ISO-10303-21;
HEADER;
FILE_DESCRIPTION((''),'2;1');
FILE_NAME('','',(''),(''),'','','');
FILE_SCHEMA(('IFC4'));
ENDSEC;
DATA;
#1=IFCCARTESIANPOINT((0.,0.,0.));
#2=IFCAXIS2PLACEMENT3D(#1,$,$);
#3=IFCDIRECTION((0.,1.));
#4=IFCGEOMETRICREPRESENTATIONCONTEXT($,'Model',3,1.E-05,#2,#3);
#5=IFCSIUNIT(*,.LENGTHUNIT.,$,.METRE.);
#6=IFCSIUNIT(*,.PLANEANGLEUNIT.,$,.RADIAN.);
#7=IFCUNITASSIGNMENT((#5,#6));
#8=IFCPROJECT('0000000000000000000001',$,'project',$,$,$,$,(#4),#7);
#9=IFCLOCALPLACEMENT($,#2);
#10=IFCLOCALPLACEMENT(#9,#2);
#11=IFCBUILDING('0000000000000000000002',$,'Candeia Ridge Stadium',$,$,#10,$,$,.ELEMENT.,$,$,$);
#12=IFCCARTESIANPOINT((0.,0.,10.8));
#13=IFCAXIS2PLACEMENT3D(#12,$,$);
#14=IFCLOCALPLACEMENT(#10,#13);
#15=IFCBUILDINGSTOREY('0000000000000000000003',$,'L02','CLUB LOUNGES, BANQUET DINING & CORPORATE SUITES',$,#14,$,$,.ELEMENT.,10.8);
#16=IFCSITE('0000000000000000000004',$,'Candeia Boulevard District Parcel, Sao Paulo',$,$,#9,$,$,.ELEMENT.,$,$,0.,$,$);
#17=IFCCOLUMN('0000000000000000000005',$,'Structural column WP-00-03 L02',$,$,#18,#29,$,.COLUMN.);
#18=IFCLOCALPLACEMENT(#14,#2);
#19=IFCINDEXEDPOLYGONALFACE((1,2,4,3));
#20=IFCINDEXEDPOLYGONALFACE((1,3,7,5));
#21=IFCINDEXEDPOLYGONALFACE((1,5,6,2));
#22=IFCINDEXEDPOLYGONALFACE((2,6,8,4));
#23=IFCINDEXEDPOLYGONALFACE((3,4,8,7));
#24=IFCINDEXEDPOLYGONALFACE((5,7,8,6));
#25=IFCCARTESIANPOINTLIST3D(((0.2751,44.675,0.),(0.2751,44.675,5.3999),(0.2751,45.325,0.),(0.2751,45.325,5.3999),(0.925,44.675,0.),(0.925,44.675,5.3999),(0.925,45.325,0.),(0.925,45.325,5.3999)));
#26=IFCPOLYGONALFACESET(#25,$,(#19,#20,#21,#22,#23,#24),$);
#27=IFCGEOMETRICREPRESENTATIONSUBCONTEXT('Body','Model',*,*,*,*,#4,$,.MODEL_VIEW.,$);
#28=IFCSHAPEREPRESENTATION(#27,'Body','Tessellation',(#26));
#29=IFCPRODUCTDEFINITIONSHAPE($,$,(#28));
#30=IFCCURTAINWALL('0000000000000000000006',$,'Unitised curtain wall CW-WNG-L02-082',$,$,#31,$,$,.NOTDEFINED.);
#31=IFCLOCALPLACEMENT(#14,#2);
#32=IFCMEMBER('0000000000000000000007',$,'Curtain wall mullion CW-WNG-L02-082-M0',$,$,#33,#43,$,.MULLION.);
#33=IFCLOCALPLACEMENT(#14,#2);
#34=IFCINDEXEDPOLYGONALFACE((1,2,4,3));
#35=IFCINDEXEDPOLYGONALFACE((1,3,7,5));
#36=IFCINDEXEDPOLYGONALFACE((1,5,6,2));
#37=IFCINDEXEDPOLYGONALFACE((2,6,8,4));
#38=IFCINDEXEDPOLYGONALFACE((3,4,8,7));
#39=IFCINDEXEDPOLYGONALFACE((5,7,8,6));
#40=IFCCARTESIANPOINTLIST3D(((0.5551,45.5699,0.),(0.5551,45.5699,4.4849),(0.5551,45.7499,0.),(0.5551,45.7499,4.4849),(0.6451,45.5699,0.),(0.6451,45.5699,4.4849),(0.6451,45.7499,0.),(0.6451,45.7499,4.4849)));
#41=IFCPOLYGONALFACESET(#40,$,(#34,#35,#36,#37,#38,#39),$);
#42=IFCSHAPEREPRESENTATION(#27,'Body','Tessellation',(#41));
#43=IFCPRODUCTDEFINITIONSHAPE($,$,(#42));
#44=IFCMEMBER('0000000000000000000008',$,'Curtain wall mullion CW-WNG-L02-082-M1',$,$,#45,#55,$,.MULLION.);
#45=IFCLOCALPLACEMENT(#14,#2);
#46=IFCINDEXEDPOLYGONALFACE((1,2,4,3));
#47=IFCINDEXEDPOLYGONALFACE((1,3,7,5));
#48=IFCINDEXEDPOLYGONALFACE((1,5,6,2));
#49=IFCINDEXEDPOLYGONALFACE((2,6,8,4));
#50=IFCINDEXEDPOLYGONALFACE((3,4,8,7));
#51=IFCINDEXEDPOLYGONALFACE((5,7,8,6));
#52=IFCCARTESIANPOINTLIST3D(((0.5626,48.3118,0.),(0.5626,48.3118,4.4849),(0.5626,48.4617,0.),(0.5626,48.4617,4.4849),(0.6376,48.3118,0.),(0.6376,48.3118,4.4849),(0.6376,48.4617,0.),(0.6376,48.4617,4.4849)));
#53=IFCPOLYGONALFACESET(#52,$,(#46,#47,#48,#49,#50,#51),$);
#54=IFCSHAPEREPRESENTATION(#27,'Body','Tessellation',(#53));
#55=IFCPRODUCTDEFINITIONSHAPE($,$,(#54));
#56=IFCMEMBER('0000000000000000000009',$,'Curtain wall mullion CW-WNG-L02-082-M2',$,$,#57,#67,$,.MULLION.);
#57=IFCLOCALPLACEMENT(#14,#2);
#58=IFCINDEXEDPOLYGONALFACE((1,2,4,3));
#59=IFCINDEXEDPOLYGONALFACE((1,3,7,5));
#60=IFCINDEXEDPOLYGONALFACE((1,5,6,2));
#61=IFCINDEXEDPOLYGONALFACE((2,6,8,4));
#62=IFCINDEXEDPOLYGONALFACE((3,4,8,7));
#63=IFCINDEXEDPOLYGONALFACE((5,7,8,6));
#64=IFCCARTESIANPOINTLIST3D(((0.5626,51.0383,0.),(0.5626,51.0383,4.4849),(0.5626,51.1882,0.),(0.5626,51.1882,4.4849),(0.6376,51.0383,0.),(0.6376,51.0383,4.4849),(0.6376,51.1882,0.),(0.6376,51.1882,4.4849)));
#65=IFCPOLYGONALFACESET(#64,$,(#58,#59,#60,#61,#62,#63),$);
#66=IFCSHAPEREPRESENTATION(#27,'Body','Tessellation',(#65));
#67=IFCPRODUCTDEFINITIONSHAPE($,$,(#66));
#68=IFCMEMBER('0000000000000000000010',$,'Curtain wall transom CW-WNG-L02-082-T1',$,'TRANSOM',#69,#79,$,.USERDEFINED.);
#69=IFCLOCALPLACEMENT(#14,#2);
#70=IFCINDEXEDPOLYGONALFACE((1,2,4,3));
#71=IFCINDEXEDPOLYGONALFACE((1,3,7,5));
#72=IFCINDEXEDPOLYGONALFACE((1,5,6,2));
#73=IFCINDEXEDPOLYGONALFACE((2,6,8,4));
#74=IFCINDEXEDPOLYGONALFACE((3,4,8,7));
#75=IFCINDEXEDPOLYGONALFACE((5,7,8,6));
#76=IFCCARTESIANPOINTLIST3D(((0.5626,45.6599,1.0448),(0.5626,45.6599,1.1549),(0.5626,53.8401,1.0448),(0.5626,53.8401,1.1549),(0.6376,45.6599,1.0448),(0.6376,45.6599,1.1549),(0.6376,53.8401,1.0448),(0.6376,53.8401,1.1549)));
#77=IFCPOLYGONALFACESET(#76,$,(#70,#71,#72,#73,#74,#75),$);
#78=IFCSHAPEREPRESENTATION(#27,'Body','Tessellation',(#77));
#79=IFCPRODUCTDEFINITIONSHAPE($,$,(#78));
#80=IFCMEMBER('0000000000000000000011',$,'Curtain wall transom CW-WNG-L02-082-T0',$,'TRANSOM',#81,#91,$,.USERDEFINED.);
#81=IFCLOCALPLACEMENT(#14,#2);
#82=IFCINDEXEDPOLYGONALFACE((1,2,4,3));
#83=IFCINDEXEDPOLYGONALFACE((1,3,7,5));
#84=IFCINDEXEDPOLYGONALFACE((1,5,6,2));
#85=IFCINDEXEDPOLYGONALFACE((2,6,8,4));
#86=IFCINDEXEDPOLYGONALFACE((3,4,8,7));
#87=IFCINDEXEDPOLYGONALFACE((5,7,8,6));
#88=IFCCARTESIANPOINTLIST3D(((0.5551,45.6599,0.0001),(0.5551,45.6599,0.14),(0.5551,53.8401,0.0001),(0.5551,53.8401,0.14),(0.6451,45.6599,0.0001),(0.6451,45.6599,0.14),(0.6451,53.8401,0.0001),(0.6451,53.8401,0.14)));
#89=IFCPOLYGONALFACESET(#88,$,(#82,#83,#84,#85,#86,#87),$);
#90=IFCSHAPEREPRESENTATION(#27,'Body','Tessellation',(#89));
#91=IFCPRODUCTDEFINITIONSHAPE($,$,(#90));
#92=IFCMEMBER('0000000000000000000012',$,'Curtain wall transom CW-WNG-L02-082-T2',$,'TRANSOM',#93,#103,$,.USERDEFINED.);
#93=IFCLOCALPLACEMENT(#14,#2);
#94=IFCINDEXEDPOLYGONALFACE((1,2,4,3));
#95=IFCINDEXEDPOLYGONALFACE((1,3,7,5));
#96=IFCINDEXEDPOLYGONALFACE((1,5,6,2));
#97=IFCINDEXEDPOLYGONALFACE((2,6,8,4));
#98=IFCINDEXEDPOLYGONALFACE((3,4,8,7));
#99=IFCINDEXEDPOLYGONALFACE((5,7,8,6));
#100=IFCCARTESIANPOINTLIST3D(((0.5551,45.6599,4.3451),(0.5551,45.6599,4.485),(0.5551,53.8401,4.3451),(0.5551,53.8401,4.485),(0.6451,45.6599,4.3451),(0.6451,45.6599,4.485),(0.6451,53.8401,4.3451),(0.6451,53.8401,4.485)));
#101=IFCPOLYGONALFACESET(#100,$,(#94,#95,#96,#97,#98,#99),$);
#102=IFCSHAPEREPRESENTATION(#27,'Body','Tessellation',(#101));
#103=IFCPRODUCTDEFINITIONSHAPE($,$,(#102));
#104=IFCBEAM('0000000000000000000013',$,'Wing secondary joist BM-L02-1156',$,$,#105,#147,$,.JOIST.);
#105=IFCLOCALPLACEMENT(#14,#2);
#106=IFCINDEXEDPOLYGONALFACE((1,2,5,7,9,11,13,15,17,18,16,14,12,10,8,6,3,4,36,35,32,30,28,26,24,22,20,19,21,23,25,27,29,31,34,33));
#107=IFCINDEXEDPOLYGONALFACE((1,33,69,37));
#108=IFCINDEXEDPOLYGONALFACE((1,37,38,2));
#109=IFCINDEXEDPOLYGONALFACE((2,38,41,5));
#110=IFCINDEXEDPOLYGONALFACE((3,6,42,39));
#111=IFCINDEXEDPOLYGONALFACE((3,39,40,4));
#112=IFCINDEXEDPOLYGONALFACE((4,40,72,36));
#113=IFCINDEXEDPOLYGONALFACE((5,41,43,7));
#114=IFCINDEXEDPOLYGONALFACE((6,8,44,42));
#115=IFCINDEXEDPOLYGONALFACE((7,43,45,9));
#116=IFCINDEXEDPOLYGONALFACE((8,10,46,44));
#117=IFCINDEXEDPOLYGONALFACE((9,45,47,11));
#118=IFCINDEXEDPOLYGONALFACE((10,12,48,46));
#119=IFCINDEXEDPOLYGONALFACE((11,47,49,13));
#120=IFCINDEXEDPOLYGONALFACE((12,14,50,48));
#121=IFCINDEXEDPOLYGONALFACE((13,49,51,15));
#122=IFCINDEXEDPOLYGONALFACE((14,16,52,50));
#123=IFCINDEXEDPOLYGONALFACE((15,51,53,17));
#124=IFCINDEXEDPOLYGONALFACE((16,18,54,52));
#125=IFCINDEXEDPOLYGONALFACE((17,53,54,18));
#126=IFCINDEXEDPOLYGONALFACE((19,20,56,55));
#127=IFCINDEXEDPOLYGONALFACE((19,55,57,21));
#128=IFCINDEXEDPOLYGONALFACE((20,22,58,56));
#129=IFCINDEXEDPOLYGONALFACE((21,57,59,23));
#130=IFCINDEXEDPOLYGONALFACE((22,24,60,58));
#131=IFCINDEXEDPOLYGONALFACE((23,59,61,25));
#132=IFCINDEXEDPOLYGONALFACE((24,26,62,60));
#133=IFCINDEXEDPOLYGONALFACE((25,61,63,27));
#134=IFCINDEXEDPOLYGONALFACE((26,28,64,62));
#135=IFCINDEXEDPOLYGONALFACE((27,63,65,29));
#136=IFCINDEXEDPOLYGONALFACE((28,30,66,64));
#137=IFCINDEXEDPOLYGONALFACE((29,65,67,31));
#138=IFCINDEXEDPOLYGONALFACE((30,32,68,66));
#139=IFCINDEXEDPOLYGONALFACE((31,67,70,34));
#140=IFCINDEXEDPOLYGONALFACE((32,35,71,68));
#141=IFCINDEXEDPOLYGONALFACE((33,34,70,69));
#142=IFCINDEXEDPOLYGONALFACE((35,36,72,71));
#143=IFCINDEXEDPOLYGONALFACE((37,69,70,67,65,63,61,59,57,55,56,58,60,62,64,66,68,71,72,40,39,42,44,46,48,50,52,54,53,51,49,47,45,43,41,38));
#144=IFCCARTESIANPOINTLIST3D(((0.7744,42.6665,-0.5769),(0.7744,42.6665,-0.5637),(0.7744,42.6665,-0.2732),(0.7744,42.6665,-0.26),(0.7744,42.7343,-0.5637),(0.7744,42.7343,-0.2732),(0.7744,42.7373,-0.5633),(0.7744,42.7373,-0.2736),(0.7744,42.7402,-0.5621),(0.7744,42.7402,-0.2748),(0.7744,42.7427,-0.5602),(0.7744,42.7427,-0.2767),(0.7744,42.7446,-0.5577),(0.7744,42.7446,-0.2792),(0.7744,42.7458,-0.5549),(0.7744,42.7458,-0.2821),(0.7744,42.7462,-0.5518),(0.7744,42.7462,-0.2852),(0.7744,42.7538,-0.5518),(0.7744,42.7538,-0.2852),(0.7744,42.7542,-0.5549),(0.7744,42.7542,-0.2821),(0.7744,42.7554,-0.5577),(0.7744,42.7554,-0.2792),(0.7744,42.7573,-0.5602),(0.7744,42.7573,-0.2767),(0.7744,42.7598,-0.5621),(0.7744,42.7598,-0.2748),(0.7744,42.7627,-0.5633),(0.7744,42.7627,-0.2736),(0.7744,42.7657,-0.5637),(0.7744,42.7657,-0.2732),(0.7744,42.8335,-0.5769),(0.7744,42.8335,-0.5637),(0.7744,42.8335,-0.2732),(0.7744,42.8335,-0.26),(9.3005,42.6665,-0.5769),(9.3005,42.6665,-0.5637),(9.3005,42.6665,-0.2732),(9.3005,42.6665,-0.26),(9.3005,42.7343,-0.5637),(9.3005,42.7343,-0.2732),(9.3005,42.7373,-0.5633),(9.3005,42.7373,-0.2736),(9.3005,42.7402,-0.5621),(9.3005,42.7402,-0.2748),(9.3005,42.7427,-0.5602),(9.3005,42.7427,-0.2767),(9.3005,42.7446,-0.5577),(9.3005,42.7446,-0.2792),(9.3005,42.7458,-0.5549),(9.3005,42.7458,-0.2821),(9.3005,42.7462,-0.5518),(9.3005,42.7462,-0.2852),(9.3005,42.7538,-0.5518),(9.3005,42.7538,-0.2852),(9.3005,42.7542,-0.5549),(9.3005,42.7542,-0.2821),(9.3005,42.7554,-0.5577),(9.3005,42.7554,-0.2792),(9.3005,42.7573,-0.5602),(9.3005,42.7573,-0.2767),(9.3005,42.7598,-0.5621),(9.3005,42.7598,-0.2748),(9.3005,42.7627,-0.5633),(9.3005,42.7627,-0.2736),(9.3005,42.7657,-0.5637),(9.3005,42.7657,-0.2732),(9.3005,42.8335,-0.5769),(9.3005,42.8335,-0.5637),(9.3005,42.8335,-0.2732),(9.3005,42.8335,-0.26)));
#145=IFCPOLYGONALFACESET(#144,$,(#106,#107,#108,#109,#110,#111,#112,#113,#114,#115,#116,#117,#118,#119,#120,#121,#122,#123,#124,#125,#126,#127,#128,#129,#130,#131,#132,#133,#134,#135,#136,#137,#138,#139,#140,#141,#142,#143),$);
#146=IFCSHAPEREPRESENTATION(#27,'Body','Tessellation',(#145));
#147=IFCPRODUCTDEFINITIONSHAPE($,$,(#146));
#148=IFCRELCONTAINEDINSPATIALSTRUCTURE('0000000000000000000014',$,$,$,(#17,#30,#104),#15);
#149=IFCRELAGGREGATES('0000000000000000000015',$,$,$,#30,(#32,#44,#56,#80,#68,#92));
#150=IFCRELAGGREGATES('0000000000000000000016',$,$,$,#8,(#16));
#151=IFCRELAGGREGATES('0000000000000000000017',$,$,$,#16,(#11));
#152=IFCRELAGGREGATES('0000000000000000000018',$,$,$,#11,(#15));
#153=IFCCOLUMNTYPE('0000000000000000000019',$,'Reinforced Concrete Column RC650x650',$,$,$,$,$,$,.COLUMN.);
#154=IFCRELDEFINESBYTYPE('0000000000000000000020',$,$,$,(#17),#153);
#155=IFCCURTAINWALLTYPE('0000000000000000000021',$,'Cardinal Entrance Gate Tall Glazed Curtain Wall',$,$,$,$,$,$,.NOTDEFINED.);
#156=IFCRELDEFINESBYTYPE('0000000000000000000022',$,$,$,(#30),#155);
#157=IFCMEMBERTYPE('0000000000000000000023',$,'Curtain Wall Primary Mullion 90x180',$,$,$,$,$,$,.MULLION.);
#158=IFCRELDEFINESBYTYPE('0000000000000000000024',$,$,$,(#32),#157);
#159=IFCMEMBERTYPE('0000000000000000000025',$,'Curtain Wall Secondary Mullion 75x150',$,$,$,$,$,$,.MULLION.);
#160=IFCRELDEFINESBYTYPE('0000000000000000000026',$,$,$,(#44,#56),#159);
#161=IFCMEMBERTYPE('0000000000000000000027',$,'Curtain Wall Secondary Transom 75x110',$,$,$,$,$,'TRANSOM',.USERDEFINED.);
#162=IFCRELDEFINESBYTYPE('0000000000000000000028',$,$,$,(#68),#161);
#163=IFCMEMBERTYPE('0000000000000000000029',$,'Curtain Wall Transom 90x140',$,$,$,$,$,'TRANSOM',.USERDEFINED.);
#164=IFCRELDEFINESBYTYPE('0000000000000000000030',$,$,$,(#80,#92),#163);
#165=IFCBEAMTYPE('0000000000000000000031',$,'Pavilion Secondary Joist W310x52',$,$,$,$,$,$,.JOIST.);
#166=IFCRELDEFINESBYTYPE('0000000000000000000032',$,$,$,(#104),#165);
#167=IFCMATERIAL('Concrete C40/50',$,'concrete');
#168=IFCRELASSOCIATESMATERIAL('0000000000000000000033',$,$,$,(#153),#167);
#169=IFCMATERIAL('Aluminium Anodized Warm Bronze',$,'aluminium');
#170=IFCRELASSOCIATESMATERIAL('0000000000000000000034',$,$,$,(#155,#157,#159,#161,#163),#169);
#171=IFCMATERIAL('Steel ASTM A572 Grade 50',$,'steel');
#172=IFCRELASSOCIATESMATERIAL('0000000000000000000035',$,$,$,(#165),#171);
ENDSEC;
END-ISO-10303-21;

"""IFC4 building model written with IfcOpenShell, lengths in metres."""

from ifc_helpers import new_model, si_unit, direction, frame, origin, origin_2d, place, context, subcontext, project, spatial, rectangle, i_section, extrude, material, material_profile, profile_set, type_object, element, aggregate, save


model = new_model("IFC4")

# Units and contexts
model_context = context("Model", 3, precision=1e-05, world=origin(), true_north=direction((0.0, 1.0)))
body_context = subcontext(model_context, "Body", "Model", "MODEL_VIEW")
ifc_project = project(units=[si_unit("LENGTHUNIT", "METRE"), si_unit("PLANEANGLEUNIT", "RADIAN")], contexts=[model_context])

# Site, building, storey
site_placement = place(None, origin())
site = spatial("IfcSite", under=ifc_project, at=site_placement, Name="Candeia Boulevard District Parcel, Sao Paulo", CompositionType="ELEMENT", RefElevation=0.0)
building_placement = place(site_placement, origin())
building = spatial("IfcBuilding", under=site, at=building_placement, Name="Candeia Ridge Stadium", CompositionType="ELEMENT")
storey_placement = place(building_placement, frame((0.0, 0.0, 10.8)))
storey = spatial("IfcBuildingStorey", under=building, at=storey_placement, Name="L02", Description="CLUB LOUNGES, BANQUET DINING & CORPORATE SUITES", CompositionType="ELEMENT", Elevation=10.8)

# Column
ifc_material_1 = material(Name="Concrete C40/50", Category="concrete")
ifc_material_profile_1 = material_profile(ifc_material_1, rectangle(XDim=0.6499, YDim=0.6499, at=origin_2d()), Name="RC650x650", Category="concrete")
ifc_profile_set_1 = profile_set([ifc_material_profile_1], Name="Concrete C40/50")
column_type = type_object("IfcColumnType", Name="Reinforced Concrete Column RC650x650", PredefinedType="COLUMN", material=ifc_profile_set_1)
column_placement = place(storey_placement, frame((0.6001, 45.0, 0.0), z_axis=(0.0, 0.0, 1.0), x_axis=(1.0, 0.0, 0.0)))
element("IfcColumn", 1, at=column_placement, inside=storey, type_object=column_type, Name="Structural column WP-00-03 L02", PredefinedType="COLUMN", context=body_context, shape_type="SweptSolid", body=[
    extrude(rectangle(XDim=0.6499, YDim=0.6499, at=origin_2d()), origin(), (0.0, 0.0, 1.0), 5.3999),
])

# Curtain wall, members
ifc_material_2 = material(Name="Aluminium Anodized Warm Bronze", Category="aluminium")
curtain_wall_type = type_object("IfcCurtainWallType", Name="Cardinal Entrance Gate Tall Glazed Curtain Wall", PredefinedType="NOTDEFINED", material=ifc_material_2)
curtain_wall_placement = place(storey_placement, origin())
curtain_wall = element("IfcCurtainWall", 2, at=curtain_wall_placement, inside=storey, type_object=curtain_wall_type, Name="Unitised curtain wall CW-WNG-L02-082", PredefinedType="NOTDEFINED")
ifc_material_profile_2 = material_profile(ifc_material_2, rectangle(XDim=0.0901, YDim=0.1799, at=origin_2d()), Name="CWM-90x180", Category="aluminium")
ifc_profile_set_2 = profile_set([ifc_material_profile_2], Name="Aluminium Anodized Warm Bronze")
member_type_1 = type_object("IfcMemberType", Name="Curtain Wall Primary Mullion 90x180", PredefinedType="MULLION", material=ifc_profile_set_2)
member_1_placement = place(storey_placement, frame((0.6001, 45.6599, 0.0), z_axis=(0.0, 0.0, 1.0), x_axis=(1.0, 0.0, 0.0)))
member_1 = element("IfcMember", 3, at=member_1_placement, type_object=member_type_1, Name="Curtain wall mullion CW-WNG-L02-082-M0", PredefinedType="MULLION", context=body_context, shape_type="SweptSolid", body=[
    extrude(rectangle(XDim=0.0901, YDim=0.1799, at=origin_2d()), origin(), (0.0, 0.0, 1.0), 4.4849),
])
ifc_material_profile_3 = material_profile(ifc_material_2, rectangle(XDim=0.075, YDim=0.1499, at=origin_2d()), Name="CWM-75x150", Category="aluminium")
ifc_profile_set_3 = profile_set([ifc_material_profile_3], Name="Aluminium Anodized Warm Bronze")
member_type_2 = type_object("IfcMemberType", Name="Curtain Wall Secondary Mullion 75x150", PredefinedType="MULLION", material=ifc_profile_set_3)
member_2_placement = place(storey_placement, frame((0.6001, 48.3867, 0.0), z_axis=(0.0, 0.0, 1.0), x_axis=(1.0, 0.0, 0.0)))
member_2 = element("IfcMember", 4, at=member_2_placement, type_object=member_type_2, Name="Curtain wall mullion CW-WNG-L02-082-M1", PredefinedType="MULLION", context=body_context, shape_type="SweptSolid", body=[
    extrude(rectangle(XDim=0.075, YDim=0.1499, at=origin_2d()), origin(), (0.0, 0.0, 1.0), 4.4849),
])
member_3_placement = place(storey_placement, frame((0.6001, 51.1133, 0.0), z_axis=(0.0, 0.0, 1.0), x_axis=(1.0, 0.0, 0.0)))
member_3 = element("IfcMember", 5, at=member_3_placement, type_object=member_type_2, Name="Curtain wall mullion CW-WNG-L02-082-M2", PredefinedType="MULLION", context=body_context, shape_type="SweptSolid", body=[
    extrude(rectangle(XDim=0.075, YDim=0.1499, at=origin_2d()), origin(), (0.0, 0.0, 1.0), 4.4849),
])
ifc_material_profile_4 = material_profile(ifc_material_2, rectangle(XDim=0.075, YDim=0.1101, at=origin_2d()), Name="CWT-75x110", Category="aluminium")
ifc_profile_set_4 = profile_set([ifc_material_profile_4], Name="Aluminium Anodized Warm Bronze")
member_type_3 = type_object("IfcMemberType", Name="Curtain Wall Secondary Transom 75x110", ElementType="TRANSOM", PredefinedType="USERDEFINED", material=ifc_profile_set_4)
member_4_placement = place(storey_placement, frame((0.6001, 45.6599, 1.0999), z_axis=(0.0, 1.0, 0.0), x_axis=(-1.0, 0.0, 0.0)))
member_4 = element("IfcMember", 6, at=member_4_placement, type_object=member_type_3, Name="Curtain wall transom CW-WNG-L02-082-T1", ObjectType="TRANSOM", PredefinedType="USERDEFINED", context=body_context, shape_type="SweptSolid", body=[
    extrude(rectangle(XDim=0.075, YDim=0.1101, at=origin_2d()), origin(), (0.0, 0.0, 1.0), 8.1802),
])
ifc_material_profile_5 = material_profile(ifc_material_2, rectangle(XDim=0.0901, YDim=0.1399, at=origin_2d()), Name="CWT-90x140", Category="aluminium")
ifc_profile_set_5 = profile_set([ifc_material_profile_5], Name="Aluminium Anodized Warm Bronze")
member_type_4 = type_object("IfcMemberType", Name="Curtain Wall Transom 90x140", ElementType="TRANSOM", PredefinedType="USERDEFINED", material=ifc_profile_set_5)
member_5_placement = place(storey_placement, frame((0.6001, 45.6599, 0.0701), z_axis=(0.0, 1.0, 0.0), x_axis=(-1.0, 0.0, 0.0)))
member_5 = element("IfcMember", 7, at=member_5_placement, type_object=member_type_4, Name="Curtain wall transom CW-WNG-L02-082-T0", ObjectType="TRANSOM", PredefinedType="USERDEFINED", context=body_context, shape_type="SweptSolid", body=[
    extrude(rectangle(XDim=0.0901, YDim=0.1399, at=origin_2d()), origin(), (0.0, 0.0, 1.0), 8.1802),
])
member_6_placement = place(storey_placement, frame((0.6001, 45.6599, 4.415), z_axis=(0.0, 1.0, 0.0), x_axis=(-1.0, 0.0, 0.0)))
member_6 = element("IfcMember", 8, at=member_6_placement, type_object=member_type_4, Name="Curtain wall transom CW-WNG-L02-082-T2", ObjectType="TRANSOM", PredefinedType="USERDEFINED", context=body_context, shape_type="SweptSolid", body=[
    extrude(rectangle(XDim=0.0901, YDim=0.1399, at=origin_2d()), origin(), (0.0, 0.0, 1.0), 8.1802),
])

# Beam
ifc_material_3 = material(Name="Steel ASTM A572 Grade 50", Category="steel")
ifc_material_profile_6 = material_profile(ifc_material_3, i_section(OverallWidth=0.167, OverallDepth=0.3169, WebThickness=0.0076, FlangeThickness=0.0132, FilletRadius=0.012, at=origin_2d()), Name="W310x52", Category="steel")
ifc_profile_set_6 = profile_set([ifc_material_profile_6], Name="Steel ASTM A572 Grade 50")
beam_type_1 = type_object("IfcBeamType", Name="Pavilion Secondary Joist W310x52", PredefinedType="JOIST", material=ifc_profile_set_6)
beam_1_placement = place(storey_placement, frame((0.7744, 42.75, -0.4185), z_axis=(1.0, 0.0, 0.0), x_axis=(0.0, 1.0, 0.0)))
element("IfcBeam", 9, at=beam_1_placement, inside=storey, type_object=beam_type_1, Name="Wing secondary joist BM-L02-1156", PredefinedType="JOIST", context=body_context, shape_type="SweptSolid", body=[
    extrude(i_section(OverallWidth=0.167, OverallDepth=0.3169, WebThickness=0.0076, FlangeThickness=0.0132, FilletRadius=0.012, at=origin_2d()), origin(), (0.0, 0.0, 1.0), 8.5261),
])

aggregate(curtain_wall, [member_1, member_2, member_3, member_5, member_4, member_6])

save(model, "model.ifc")
